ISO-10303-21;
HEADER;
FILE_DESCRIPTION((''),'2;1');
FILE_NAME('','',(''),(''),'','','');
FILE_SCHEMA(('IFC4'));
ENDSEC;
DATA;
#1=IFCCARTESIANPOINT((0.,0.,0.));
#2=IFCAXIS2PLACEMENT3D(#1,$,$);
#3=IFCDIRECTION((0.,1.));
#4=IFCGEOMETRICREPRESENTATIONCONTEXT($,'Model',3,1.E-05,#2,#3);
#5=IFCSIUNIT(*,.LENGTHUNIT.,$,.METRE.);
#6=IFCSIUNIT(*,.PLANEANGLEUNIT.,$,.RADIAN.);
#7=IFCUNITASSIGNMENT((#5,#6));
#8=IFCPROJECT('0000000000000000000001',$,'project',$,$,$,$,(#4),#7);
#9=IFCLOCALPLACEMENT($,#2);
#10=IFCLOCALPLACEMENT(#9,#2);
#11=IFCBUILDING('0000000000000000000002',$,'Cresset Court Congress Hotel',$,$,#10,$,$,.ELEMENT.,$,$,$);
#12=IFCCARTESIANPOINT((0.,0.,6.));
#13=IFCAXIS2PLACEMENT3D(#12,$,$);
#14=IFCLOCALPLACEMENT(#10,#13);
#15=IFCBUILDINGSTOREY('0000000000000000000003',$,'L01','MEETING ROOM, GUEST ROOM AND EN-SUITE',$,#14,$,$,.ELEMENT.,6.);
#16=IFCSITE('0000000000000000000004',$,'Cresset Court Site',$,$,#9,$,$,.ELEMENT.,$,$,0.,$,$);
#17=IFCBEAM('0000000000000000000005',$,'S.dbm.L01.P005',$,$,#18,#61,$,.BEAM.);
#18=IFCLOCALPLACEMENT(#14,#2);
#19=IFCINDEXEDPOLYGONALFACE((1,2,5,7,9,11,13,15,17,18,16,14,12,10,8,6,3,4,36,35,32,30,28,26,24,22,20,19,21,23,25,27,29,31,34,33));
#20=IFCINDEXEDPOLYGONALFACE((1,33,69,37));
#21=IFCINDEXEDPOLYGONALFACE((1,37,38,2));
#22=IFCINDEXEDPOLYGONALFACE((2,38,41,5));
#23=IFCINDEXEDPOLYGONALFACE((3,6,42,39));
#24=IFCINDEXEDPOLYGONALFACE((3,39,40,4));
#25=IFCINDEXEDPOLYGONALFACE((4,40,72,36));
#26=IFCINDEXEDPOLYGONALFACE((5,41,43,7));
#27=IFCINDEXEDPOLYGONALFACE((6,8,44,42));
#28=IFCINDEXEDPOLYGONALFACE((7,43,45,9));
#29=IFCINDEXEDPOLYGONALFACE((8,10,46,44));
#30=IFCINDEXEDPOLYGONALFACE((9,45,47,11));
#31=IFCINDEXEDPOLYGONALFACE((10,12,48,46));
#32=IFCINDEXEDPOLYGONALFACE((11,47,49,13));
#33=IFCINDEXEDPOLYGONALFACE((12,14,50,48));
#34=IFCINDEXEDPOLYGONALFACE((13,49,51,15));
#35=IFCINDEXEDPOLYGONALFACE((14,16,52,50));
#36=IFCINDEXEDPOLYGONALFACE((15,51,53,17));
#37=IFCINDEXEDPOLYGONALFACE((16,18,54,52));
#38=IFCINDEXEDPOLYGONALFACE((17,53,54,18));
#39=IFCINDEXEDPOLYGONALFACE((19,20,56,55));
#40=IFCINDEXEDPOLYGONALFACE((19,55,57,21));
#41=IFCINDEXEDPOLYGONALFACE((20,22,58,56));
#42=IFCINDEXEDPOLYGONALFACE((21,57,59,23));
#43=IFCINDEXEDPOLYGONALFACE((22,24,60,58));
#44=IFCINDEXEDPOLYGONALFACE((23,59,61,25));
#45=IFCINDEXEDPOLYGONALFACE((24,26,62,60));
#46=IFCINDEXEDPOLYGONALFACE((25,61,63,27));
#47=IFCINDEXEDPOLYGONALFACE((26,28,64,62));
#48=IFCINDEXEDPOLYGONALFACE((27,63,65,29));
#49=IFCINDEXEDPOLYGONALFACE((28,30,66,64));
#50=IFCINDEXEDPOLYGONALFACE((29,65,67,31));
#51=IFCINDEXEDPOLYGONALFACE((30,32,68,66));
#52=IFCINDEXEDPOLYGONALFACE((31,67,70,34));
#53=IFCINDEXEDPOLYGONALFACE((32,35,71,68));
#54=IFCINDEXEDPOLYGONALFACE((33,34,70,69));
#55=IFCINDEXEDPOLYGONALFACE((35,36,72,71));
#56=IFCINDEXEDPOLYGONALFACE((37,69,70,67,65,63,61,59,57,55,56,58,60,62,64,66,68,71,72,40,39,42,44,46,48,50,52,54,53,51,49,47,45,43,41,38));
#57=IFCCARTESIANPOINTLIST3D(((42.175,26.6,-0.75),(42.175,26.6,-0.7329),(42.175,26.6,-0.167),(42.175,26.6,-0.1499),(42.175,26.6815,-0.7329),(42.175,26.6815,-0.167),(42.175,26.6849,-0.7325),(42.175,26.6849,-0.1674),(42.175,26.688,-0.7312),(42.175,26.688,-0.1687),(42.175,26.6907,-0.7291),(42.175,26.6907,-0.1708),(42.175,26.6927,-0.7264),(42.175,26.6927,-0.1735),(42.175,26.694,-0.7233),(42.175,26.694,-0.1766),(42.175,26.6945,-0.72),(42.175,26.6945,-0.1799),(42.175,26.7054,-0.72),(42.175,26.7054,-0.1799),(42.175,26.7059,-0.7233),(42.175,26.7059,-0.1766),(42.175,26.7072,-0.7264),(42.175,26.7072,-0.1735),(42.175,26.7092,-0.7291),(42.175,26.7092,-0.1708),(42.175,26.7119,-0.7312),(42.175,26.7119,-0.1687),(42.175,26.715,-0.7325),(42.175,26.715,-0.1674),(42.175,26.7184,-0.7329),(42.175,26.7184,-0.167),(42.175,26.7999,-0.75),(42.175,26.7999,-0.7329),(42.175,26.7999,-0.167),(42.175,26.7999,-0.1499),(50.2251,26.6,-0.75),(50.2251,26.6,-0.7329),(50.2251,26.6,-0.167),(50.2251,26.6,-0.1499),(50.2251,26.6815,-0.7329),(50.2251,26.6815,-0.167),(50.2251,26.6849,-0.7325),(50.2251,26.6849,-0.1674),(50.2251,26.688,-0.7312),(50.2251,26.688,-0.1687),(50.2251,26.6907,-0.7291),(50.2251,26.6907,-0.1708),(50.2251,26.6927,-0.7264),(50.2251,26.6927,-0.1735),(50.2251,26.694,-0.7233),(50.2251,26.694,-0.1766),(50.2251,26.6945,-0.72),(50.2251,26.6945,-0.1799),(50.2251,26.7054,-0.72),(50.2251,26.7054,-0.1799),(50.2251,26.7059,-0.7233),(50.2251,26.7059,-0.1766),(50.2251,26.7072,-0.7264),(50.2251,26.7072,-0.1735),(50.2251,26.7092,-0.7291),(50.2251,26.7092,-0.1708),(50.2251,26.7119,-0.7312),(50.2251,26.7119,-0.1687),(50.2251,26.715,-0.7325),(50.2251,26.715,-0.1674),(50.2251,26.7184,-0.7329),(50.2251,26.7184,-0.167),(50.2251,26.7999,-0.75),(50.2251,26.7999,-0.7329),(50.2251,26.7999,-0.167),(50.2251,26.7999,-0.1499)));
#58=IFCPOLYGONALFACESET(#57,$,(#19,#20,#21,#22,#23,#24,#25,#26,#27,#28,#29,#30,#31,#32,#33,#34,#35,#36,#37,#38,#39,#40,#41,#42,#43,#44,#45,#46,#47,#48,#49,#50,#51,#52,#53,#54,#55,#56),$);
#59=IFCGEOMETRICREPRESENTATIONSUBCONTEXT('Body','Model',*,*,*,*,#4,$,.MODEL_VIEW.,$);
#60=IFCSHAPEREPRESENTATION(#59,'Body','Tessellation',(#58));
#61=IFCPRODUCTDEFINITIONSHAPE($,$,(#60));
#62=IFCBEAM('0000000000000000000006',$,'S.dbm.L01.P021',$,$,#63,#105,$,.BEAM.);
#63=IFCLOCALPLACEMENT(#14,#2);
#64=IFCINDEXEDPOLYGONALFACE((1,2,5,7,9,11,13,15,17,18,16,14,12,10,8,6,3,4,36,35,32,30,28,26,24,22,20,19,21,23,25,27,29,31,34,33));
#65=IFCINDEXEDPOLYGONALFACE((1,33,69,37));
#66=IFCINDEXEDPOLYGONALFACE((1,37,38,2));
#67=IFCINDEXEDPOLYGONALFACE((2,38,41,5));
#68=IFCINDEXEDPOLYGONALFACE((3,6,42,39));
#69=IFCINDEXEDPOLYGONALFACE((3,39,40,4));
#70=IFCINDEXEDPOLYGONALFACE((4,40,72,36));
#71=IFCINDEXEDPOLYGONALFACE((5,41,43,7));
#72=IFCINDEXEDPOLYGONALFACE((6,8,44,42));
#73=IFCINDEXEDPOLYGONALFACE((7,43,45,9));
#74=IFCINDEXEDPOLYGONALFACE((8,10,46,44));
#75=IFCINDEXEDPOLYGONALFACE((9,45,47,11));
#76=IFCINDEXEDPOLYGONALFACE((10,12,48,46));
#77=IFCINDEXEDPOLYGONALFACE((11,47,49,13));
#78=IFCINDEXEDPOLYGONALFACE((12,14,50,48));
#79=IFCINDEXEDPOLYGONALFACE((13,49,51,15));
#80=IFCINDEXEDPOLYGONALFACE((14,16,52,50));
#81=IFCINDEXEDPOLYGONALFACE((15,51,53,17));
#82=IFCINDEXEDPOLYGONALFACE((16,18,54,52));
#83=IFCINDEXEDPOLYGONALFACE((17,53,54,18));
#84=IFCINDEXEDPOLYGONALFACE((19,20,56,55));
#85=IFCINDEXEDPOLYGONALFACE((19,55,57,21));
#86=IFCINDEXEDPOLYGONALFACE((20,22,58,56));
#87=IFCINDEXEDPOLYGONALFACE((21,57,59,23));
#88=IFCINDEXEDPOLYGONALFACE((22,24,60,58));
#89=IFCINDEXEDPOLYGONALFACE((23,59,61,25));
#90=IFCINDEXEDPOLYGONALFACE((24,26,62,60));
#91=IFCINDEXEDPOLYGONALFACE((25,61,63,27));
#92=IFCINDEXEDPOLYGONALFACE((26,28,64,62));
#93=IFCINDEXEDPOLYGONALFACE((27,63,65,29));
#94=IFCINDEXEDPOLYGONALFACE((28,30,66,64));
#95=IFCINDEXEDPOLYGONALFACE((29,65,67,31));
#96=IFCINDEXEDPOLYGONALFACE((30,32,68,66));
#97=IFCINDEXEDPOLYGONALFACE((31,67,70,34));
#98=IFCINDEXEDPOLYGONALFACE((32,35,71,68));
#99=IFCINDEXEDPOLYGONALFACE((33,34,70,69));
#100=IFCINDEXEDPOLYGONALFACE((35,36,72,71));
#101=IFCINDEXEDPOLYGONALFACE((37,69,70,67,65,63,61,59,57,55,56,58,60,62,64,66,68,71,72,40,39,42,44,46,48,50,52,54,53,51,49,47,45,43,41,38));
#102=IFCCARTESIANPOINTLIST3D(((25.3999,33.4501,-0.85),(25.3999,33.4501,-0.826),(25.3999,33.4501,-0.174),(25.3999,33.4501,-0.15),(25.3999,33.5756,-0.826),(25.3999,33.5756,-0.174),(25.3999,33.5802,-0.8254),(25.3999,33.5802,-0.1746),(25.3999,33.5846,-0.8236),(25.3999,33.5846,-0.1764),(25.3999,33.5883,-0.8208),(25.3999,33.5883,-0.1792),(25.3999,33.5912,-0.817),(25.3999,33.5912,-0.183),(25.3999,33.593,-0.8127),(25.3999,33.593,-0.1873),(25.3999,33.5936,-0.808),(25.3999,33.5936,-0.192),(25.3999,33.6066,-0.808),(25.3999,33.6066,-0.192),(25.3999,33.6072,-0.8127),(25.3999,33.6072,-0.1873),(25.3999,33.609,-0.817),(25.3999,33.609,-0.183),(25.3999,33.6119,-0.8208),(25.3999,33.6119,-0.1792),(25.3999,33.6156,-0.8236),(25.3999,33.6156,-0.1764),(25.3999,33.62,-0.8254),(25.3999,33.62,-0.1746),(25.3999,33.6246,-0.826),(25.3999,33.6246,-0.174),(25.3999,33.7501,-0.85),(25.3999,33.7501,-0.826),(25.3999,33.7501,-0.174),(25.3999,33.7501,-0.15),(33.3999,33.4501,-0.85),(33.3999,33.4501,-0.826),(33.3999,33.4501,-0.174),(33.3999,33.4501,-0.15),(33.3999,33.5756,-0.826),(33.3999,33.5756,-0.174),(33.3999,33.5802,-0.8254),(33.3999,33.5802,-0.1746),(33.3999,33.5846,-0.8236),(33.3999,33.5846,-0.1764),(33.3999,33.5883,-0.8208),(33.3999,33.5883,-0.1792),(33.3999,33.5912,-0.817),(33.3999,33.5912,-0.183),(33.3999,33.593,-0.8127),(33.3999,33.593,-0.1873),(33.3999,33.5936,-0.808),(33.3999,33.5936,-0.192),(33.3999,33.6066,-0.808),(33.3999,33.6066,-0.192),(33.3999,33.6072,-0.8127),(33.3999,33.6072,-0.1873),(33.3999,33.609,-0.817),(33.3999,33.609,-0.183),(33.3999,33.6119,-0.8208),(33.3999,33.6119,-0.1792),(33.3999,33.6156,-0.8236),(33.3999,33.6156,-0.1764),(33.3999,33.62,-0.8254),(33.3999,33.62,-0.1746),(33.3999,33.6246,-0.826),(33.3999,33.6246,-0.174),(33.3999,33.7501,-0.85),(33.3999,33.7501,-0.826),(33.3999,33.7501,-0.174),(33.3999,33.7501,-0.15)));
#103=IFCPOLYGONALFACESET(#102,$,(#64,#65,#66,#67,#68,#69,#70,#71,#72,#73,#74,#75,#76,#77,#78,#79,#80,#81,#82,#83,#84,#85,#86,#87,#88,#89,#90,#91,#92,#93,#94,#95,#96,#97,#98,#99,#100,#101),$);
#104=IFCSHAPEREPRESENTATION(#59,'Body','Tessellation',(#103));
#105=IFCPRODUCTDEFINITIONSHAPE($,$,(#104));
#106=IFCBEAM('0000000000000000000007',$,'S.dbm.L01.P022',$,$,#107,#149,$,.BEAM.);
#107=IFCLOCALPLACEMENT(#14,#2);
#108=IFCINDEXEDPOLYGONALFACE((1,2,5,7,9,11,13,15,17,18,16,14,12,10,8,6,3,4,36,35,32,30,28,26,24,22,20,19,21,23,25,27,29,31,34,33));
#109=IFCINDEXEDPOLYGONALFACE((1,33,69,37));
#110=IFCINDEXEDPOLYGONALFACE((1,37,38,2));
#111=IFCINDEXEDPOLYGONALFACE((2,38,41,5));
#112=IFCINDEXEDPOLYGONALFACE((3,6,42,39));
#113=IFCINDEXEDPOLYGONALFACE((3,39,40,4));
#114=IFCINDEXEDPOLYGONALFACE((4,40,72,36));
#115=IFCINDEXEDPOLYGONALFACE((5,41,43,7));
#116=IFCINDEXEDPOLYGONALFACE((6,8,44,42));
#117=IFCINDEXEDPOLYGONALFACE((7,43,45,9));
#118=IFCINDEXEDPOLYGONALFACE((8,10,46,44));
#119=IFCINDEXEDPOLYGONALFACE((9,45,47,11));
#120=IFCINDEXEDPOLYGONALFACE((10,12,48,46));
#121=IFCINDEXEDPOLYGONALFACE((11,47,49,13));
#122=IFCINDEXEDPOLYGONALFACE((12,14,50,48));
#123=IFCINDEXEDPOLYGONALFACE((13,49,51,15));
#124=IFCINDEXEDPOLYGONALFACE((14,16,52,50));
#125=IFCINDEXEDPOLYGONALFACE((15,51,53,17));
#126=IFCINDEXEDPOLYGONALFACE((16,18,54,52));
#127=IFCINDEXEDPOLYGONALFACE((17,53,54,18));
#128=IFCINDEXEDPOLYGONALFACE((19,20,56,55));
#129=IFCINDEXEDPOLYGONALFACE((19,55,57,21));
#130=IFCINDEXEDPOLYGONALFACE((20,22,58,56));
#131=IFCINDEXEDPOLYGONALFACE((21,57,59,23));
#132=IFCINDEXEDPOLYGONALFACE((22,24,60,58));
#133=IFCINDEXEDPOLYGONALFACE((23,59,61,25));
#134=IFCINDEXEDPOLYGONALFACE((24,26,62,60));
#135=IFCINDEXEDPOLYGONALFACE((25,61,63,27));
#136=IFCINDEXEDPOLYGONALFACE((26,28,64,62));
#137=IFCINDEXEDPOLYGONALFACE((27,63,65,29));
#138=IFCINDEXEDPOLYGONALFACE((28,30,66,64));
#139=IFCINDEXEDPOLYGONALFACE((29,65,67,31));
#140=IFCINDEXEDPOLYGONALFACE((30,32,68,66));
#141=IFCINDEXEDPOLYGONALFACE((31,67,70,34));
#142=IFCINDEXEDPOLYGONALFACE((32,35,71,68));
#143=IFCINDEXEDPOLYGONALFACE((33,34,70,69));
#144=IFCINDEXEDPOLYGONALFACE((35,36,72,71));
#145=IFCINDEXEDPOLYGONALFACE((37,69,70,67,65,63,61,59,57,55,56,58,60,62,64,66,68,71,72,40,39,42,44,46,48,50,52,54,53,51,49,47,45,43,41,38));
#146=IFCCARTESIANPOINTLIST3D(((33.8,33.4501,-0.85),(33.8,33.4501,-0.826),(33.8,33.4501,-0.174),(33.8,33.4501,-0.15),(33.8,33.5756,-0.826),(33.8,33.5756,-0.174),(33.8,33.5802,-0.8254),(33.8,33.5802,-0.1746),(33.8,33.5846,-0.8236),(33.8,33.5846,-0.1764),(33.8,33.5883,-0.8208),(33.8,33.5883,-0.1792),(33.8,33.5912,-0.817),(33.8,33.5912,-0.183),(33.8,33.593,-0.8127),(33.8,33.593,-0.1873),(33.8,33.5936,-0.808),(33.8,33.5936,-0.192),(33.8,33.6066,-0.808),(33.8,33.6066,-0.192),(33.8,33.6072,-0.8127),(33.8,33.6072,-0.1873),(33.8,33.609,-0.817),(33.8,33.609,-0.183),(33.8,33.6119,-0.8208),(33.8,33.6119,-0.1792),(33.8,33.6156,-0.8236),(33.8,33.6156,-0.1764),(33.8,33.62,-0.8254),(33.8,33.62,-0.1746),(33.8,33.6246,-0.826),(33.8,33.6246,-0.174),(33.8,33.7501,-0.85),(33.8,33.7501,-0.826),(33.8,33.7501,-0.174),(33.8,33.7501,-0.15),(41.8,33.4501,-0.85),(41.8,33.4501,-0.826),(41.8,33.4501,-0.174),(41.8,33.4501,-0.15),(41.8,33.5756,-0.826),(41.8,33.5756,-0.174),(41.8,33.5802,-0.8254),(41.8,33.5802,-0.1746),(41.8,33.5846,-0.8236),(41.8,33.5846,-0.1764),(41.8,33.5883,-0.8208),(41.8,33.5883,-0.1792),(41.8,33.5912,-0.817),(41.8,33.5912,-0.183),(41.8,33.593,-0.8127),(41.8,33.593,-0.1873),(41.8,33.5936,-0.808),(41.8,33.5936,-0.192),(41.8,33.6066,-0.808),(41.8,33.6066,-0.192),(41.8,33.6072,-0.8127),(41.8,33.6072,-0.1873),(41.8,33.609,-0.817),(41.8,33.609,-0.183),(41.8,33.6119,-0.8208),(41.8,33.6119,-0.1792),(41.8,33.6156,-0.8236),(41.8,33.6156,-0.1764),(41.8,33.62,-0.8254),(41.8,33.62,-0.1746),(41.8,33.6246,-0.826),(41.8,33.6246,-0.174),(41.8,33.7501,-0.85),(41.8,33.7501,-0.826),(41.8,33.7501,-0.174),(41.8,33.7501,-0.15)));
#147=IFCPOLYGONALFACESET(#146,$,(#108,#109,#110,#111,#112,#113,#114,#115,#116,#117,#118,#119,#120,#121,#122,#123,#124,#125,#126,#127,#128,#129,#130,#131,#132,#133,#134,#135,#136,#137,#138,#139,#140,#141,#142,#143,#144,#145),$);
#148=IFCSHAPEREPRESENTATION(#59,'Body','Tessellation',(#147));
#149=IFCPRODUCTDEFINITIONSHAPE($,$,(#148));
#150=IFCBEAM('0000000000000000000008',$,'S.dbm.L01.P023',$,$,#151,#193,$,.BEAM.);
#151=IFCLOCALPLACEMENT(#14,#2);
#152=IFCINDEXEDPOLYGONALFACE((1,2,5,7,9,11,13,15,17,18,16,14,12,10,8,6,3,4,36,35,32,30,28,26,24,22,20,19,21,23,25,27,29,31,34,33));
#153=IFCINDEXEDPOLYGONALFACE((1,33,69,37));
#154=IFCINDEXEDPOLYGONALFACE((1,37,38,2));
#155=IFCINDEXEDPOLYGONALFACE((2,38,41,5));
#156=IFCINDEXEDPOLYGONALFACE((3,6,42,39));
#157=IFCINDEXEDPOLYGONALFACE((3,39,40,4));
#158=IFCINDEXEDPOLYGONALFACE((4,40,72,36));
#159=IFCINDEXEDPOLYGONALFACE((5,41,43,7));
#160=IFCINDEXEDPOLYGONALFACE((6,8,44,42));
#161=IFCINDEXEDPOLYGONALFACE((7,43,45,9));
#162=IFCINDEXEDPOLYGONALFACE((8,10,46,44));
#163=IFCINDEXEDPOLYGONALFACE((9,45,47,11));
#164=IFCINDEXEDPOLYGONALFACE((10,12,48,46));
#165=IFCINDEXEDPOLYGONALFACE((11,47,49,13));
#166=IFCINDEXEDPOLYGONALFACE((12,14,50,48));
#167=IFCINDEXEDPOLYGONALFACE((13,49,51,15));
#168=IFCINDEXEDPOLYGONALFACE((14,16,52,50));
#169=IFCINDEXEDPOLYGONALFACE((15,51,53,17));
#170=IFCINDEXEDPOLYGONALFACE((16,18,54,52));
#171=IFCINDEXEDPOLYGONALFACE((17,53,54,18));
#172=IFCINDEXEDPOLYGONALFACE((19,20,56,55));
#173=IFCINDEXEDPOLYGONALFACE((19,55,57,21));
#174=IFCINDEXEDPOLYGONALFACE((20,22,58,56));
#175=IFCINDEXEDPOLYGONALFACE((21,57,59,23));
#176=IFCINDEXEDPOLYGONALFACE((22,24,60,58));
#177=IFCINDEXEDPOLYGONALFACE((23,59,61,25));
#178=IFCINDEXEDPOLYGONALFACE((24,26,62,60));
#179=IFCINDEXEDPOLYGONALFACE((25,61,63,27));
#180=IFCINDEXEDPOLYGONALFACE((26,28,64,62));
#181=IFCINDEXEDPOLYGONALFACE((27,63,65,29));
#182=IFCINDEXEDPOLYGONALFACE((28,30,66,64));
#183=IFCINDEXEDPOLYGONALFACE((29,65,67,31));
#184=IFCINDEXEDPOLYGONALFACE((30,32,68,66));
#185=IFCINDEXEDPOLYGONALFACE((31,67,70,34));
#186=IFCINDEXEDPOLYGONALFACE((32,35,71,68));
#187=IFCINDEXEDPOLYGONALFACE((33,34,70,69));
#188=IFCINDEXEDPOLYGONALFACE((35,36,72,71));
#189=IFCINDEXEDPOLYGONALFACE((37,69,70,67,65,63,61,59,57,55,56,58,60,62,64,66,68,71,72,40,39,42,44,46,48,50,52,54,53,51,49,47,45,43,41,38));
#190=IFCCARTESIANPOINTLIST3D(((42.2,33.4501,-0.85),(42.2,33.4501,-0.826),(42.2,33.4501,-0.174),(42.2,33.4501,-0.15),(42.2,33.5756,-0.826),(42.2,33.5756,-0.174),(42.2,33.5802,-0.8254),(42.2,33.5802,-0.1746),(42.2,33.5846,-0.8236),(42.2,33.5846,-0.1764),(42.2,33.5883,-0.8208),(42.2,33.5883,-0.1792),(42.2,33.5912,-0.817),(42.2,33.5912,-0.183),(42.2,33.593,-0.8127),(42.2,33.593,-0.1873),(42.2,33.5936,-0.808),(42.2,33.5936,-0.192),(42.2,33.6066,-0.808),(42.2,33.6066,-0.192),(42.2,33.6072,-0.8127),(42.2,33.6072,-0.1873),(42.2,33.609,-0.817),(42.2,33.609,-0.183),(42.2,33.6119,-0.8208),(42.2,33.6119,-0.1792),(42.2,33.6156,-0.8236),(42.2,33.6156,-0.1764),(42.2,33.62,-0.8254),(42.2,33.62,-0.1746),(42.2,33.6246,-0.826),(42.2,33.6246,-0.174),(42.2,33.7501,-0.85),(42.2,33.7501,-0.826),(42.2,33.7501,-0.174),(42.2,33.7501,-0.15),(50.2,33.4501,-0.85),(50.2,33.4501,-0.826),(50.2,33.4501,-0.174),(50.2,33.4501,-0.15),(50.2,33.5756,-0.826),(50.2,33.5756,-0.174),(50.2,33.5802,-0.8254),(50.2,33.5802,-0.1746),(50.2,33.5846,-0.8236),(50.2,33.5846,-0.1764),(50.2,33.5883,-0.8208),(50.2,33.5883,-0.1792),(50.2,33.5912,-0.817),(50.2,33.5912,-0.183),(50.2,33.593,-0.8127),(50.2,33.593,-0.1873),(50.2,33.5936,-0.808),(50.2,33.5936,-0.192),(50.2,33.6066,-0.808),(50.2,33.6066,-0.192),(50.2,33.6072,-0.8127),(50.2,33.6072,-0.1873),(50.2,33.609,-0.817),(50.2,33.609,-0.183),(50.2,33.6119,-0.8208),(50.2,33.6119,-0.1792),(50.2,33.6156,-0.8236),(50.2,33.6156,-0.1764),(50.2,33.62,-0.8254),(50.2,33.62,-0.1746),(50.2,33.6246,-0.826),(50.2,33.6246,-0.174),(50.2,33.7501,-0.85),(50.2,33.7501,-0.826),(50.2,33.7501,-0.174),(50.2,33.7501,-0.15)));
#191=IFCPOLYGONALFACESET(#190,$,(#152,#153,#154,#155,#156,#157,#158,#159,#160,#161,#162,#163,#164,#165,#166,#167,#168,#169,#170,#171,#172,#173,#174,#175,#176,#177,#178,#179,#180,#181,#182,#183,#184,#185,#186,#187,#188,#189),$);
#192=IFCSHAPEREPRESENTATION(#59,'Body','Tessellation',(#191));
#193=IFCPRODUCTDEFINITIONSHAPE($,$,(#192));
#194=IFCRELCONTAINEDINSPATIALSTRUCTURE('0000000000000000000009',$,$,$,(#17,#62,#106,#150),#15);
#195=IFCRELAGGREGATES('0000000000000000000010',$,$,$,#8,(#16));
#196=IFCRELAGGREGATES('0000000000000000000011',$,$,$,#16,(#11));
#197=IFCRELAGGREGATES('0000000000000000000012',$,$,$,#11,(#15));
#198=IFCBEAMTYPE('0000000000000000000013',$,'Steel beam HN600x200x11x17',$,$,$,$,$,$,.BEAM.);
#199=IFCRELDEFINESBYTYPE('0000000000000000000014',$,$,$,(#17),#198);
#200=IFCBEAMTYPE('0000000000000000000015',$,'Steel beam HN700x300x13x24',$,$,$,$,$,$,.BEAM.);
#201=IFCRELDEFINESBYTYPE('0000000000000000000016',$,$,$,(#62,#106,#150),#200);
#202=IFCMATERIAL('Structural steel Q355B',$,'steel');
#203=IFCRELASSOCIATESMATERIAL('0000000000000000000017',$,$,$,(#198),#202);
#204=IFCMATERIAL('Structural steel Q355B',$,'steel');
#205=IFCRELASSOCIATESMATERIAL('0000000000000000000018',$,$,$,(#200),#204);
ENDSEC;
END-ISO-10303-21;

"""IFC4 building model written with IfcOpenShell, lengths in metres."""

from ifc_helpers import new_model, si_unit, direction, frame, origin, origin_2d, place, context, subcontext, project, spatial, i_section, extrude, material, material_profile, profile_set, type_object, element, save


model = new_model("IFC4")

# Units and contexts
model_context = context("Model", 3, precision=1e-05, world=origin(), true_north=direction((0.0, 1.0)))
body_context = subcontext(model_context, "Body", "Model", "MODEL_VIEW")
ifc_project = project(units=[si_unit("LENGTHUNIT", "METRE"), si_unit("PLANEANGLEUNIT", "RADIAN")], contexts=[model_context])

# Site, building, storey
site_placement = place(None, origin())
site = spatial("IfcSite", under=ifc_project, at=site_placement, Name="Cresset Court Site", CompositionType="ELEMENT", RefElevation=0.0)
building_placement = place(site_placement, origin())
building = spatial("IfcBuilding", under=site, at=building_placement, Name="Cresset Court Congress Hotel", CompositionType="ELEMENT")
storey_placement = place(building_placement, frame((0.0, 0.0, 6.0)))
storey = spatial("IfcBuildingStorey", under=building, at=storey_placement, Name="L01", Description="MEETING ROOM, GUEST ROOM AND EN-SUITE", CompositionType="ELEMENT", Elevation=6.0)

# Beams
ifc_material_1 = material(Name="Structural steel Q355B", Category="steel")
ifc_material_profile_1 = material_profile(ifc_material_1, i_section(OverallWidth=0.2, OverallDepth=0.6001, WebThickness=0.011, FlangeThickness=0.0171, FilletRadius=0.0129, at=origin_2d()), Name="HN600x200x11x17")
ifc_profile_set_1 = profile_set([ifc_material_profile_1], Name="Structural steel Q355B")
beam_type_1 = type_object("IfcBeamType", Name="Steel beam HN600x200x11x17", PredefinedType="BEAM", material=ifc_profile_set_1)
for number, where, z_axis, x_axis, name in (
    (1, (42.175, 26.7, -0.45), (1.0, 0.0, 0.0), (0.0, 1.0, 0.0), "S.dbm.L01.P005"),
):
    element("IfcBeam", number, at=place(storey_placement, frame(where, z_axis=z_axis, x_axis=x_axis)), inside=storey, type_object=beam_type_1, Name=name, PredefinedType="BEAM", context=body_context, shape_type="SweptSolid", body=[
        extrude(i_section(OverallWidth=0.2, OverallDepth=0.6001, WebThickness=0.011, FlangeThickness=0.0171, FilletRadius=0.0129, at=origin_2d()), origin(), (0.0, 0.0, 1.0), 8.05),
    ])
ifc_material_2 = material(Name="Structural steel Q355B", Category="steel")
ifc_material_profile_2 = material_profile(ifc_material_2, i_section(OverallWidth=0.3, OverallDepth=0.7, WebThickness=0.0129, FlangeThickness=0.0239, FilletRadius=0.0181, at=origin_2d()), Name="HN700x300x13x24")
ifc_profile_set_2 = profile_set([ifc_material_profile_2], Name="Structural steel Q355B")
beam_type_2 = type_object("IfcBeamType", Name="Steel beam HN700x300x13x24", PredefinedType="BEAM", material=ifc_profile_set_2)
for number, where, z_axis, x_axis, name in (
    (2, (25.3999, 33.6001, -0.5), (1.0, 0.0, 0.0), (0.0, 1.0, 0.0), "S.dbm.L01.P021"),
    (3, (33.8, 33.6001, -0.5), (1.0, 0.0, 0.0), (0.0, 1.0, 0.0), "S.dbm.L01.P022"),
    (4, (42.2, 33.6001, -0.5), (1.0, 0.0, 0.0), (0.0, 1.0, 0.0), "S.dbm.L01.P023"),
):
    element("IfcBeam", number, at=place(storey_placement, frame(where, z_axis=z_axis, x_axis=x_axis)), inside=storey, type_object=beam_type_2, Name=name, PredefinedType="BEAM", context=body_context, shape_type="SweptSolid", body=[
        extrude(i_section(OverallWidth=0.3, OverallDepth=0.7, WebThickness=0.0129, FlangeThickness=0.0239, FilletRadius=0.0181, at=origin_2d()), origin(), (0.0, 0.0, 1.0), 8.0),
    ])

save(model, "model.ifc")
